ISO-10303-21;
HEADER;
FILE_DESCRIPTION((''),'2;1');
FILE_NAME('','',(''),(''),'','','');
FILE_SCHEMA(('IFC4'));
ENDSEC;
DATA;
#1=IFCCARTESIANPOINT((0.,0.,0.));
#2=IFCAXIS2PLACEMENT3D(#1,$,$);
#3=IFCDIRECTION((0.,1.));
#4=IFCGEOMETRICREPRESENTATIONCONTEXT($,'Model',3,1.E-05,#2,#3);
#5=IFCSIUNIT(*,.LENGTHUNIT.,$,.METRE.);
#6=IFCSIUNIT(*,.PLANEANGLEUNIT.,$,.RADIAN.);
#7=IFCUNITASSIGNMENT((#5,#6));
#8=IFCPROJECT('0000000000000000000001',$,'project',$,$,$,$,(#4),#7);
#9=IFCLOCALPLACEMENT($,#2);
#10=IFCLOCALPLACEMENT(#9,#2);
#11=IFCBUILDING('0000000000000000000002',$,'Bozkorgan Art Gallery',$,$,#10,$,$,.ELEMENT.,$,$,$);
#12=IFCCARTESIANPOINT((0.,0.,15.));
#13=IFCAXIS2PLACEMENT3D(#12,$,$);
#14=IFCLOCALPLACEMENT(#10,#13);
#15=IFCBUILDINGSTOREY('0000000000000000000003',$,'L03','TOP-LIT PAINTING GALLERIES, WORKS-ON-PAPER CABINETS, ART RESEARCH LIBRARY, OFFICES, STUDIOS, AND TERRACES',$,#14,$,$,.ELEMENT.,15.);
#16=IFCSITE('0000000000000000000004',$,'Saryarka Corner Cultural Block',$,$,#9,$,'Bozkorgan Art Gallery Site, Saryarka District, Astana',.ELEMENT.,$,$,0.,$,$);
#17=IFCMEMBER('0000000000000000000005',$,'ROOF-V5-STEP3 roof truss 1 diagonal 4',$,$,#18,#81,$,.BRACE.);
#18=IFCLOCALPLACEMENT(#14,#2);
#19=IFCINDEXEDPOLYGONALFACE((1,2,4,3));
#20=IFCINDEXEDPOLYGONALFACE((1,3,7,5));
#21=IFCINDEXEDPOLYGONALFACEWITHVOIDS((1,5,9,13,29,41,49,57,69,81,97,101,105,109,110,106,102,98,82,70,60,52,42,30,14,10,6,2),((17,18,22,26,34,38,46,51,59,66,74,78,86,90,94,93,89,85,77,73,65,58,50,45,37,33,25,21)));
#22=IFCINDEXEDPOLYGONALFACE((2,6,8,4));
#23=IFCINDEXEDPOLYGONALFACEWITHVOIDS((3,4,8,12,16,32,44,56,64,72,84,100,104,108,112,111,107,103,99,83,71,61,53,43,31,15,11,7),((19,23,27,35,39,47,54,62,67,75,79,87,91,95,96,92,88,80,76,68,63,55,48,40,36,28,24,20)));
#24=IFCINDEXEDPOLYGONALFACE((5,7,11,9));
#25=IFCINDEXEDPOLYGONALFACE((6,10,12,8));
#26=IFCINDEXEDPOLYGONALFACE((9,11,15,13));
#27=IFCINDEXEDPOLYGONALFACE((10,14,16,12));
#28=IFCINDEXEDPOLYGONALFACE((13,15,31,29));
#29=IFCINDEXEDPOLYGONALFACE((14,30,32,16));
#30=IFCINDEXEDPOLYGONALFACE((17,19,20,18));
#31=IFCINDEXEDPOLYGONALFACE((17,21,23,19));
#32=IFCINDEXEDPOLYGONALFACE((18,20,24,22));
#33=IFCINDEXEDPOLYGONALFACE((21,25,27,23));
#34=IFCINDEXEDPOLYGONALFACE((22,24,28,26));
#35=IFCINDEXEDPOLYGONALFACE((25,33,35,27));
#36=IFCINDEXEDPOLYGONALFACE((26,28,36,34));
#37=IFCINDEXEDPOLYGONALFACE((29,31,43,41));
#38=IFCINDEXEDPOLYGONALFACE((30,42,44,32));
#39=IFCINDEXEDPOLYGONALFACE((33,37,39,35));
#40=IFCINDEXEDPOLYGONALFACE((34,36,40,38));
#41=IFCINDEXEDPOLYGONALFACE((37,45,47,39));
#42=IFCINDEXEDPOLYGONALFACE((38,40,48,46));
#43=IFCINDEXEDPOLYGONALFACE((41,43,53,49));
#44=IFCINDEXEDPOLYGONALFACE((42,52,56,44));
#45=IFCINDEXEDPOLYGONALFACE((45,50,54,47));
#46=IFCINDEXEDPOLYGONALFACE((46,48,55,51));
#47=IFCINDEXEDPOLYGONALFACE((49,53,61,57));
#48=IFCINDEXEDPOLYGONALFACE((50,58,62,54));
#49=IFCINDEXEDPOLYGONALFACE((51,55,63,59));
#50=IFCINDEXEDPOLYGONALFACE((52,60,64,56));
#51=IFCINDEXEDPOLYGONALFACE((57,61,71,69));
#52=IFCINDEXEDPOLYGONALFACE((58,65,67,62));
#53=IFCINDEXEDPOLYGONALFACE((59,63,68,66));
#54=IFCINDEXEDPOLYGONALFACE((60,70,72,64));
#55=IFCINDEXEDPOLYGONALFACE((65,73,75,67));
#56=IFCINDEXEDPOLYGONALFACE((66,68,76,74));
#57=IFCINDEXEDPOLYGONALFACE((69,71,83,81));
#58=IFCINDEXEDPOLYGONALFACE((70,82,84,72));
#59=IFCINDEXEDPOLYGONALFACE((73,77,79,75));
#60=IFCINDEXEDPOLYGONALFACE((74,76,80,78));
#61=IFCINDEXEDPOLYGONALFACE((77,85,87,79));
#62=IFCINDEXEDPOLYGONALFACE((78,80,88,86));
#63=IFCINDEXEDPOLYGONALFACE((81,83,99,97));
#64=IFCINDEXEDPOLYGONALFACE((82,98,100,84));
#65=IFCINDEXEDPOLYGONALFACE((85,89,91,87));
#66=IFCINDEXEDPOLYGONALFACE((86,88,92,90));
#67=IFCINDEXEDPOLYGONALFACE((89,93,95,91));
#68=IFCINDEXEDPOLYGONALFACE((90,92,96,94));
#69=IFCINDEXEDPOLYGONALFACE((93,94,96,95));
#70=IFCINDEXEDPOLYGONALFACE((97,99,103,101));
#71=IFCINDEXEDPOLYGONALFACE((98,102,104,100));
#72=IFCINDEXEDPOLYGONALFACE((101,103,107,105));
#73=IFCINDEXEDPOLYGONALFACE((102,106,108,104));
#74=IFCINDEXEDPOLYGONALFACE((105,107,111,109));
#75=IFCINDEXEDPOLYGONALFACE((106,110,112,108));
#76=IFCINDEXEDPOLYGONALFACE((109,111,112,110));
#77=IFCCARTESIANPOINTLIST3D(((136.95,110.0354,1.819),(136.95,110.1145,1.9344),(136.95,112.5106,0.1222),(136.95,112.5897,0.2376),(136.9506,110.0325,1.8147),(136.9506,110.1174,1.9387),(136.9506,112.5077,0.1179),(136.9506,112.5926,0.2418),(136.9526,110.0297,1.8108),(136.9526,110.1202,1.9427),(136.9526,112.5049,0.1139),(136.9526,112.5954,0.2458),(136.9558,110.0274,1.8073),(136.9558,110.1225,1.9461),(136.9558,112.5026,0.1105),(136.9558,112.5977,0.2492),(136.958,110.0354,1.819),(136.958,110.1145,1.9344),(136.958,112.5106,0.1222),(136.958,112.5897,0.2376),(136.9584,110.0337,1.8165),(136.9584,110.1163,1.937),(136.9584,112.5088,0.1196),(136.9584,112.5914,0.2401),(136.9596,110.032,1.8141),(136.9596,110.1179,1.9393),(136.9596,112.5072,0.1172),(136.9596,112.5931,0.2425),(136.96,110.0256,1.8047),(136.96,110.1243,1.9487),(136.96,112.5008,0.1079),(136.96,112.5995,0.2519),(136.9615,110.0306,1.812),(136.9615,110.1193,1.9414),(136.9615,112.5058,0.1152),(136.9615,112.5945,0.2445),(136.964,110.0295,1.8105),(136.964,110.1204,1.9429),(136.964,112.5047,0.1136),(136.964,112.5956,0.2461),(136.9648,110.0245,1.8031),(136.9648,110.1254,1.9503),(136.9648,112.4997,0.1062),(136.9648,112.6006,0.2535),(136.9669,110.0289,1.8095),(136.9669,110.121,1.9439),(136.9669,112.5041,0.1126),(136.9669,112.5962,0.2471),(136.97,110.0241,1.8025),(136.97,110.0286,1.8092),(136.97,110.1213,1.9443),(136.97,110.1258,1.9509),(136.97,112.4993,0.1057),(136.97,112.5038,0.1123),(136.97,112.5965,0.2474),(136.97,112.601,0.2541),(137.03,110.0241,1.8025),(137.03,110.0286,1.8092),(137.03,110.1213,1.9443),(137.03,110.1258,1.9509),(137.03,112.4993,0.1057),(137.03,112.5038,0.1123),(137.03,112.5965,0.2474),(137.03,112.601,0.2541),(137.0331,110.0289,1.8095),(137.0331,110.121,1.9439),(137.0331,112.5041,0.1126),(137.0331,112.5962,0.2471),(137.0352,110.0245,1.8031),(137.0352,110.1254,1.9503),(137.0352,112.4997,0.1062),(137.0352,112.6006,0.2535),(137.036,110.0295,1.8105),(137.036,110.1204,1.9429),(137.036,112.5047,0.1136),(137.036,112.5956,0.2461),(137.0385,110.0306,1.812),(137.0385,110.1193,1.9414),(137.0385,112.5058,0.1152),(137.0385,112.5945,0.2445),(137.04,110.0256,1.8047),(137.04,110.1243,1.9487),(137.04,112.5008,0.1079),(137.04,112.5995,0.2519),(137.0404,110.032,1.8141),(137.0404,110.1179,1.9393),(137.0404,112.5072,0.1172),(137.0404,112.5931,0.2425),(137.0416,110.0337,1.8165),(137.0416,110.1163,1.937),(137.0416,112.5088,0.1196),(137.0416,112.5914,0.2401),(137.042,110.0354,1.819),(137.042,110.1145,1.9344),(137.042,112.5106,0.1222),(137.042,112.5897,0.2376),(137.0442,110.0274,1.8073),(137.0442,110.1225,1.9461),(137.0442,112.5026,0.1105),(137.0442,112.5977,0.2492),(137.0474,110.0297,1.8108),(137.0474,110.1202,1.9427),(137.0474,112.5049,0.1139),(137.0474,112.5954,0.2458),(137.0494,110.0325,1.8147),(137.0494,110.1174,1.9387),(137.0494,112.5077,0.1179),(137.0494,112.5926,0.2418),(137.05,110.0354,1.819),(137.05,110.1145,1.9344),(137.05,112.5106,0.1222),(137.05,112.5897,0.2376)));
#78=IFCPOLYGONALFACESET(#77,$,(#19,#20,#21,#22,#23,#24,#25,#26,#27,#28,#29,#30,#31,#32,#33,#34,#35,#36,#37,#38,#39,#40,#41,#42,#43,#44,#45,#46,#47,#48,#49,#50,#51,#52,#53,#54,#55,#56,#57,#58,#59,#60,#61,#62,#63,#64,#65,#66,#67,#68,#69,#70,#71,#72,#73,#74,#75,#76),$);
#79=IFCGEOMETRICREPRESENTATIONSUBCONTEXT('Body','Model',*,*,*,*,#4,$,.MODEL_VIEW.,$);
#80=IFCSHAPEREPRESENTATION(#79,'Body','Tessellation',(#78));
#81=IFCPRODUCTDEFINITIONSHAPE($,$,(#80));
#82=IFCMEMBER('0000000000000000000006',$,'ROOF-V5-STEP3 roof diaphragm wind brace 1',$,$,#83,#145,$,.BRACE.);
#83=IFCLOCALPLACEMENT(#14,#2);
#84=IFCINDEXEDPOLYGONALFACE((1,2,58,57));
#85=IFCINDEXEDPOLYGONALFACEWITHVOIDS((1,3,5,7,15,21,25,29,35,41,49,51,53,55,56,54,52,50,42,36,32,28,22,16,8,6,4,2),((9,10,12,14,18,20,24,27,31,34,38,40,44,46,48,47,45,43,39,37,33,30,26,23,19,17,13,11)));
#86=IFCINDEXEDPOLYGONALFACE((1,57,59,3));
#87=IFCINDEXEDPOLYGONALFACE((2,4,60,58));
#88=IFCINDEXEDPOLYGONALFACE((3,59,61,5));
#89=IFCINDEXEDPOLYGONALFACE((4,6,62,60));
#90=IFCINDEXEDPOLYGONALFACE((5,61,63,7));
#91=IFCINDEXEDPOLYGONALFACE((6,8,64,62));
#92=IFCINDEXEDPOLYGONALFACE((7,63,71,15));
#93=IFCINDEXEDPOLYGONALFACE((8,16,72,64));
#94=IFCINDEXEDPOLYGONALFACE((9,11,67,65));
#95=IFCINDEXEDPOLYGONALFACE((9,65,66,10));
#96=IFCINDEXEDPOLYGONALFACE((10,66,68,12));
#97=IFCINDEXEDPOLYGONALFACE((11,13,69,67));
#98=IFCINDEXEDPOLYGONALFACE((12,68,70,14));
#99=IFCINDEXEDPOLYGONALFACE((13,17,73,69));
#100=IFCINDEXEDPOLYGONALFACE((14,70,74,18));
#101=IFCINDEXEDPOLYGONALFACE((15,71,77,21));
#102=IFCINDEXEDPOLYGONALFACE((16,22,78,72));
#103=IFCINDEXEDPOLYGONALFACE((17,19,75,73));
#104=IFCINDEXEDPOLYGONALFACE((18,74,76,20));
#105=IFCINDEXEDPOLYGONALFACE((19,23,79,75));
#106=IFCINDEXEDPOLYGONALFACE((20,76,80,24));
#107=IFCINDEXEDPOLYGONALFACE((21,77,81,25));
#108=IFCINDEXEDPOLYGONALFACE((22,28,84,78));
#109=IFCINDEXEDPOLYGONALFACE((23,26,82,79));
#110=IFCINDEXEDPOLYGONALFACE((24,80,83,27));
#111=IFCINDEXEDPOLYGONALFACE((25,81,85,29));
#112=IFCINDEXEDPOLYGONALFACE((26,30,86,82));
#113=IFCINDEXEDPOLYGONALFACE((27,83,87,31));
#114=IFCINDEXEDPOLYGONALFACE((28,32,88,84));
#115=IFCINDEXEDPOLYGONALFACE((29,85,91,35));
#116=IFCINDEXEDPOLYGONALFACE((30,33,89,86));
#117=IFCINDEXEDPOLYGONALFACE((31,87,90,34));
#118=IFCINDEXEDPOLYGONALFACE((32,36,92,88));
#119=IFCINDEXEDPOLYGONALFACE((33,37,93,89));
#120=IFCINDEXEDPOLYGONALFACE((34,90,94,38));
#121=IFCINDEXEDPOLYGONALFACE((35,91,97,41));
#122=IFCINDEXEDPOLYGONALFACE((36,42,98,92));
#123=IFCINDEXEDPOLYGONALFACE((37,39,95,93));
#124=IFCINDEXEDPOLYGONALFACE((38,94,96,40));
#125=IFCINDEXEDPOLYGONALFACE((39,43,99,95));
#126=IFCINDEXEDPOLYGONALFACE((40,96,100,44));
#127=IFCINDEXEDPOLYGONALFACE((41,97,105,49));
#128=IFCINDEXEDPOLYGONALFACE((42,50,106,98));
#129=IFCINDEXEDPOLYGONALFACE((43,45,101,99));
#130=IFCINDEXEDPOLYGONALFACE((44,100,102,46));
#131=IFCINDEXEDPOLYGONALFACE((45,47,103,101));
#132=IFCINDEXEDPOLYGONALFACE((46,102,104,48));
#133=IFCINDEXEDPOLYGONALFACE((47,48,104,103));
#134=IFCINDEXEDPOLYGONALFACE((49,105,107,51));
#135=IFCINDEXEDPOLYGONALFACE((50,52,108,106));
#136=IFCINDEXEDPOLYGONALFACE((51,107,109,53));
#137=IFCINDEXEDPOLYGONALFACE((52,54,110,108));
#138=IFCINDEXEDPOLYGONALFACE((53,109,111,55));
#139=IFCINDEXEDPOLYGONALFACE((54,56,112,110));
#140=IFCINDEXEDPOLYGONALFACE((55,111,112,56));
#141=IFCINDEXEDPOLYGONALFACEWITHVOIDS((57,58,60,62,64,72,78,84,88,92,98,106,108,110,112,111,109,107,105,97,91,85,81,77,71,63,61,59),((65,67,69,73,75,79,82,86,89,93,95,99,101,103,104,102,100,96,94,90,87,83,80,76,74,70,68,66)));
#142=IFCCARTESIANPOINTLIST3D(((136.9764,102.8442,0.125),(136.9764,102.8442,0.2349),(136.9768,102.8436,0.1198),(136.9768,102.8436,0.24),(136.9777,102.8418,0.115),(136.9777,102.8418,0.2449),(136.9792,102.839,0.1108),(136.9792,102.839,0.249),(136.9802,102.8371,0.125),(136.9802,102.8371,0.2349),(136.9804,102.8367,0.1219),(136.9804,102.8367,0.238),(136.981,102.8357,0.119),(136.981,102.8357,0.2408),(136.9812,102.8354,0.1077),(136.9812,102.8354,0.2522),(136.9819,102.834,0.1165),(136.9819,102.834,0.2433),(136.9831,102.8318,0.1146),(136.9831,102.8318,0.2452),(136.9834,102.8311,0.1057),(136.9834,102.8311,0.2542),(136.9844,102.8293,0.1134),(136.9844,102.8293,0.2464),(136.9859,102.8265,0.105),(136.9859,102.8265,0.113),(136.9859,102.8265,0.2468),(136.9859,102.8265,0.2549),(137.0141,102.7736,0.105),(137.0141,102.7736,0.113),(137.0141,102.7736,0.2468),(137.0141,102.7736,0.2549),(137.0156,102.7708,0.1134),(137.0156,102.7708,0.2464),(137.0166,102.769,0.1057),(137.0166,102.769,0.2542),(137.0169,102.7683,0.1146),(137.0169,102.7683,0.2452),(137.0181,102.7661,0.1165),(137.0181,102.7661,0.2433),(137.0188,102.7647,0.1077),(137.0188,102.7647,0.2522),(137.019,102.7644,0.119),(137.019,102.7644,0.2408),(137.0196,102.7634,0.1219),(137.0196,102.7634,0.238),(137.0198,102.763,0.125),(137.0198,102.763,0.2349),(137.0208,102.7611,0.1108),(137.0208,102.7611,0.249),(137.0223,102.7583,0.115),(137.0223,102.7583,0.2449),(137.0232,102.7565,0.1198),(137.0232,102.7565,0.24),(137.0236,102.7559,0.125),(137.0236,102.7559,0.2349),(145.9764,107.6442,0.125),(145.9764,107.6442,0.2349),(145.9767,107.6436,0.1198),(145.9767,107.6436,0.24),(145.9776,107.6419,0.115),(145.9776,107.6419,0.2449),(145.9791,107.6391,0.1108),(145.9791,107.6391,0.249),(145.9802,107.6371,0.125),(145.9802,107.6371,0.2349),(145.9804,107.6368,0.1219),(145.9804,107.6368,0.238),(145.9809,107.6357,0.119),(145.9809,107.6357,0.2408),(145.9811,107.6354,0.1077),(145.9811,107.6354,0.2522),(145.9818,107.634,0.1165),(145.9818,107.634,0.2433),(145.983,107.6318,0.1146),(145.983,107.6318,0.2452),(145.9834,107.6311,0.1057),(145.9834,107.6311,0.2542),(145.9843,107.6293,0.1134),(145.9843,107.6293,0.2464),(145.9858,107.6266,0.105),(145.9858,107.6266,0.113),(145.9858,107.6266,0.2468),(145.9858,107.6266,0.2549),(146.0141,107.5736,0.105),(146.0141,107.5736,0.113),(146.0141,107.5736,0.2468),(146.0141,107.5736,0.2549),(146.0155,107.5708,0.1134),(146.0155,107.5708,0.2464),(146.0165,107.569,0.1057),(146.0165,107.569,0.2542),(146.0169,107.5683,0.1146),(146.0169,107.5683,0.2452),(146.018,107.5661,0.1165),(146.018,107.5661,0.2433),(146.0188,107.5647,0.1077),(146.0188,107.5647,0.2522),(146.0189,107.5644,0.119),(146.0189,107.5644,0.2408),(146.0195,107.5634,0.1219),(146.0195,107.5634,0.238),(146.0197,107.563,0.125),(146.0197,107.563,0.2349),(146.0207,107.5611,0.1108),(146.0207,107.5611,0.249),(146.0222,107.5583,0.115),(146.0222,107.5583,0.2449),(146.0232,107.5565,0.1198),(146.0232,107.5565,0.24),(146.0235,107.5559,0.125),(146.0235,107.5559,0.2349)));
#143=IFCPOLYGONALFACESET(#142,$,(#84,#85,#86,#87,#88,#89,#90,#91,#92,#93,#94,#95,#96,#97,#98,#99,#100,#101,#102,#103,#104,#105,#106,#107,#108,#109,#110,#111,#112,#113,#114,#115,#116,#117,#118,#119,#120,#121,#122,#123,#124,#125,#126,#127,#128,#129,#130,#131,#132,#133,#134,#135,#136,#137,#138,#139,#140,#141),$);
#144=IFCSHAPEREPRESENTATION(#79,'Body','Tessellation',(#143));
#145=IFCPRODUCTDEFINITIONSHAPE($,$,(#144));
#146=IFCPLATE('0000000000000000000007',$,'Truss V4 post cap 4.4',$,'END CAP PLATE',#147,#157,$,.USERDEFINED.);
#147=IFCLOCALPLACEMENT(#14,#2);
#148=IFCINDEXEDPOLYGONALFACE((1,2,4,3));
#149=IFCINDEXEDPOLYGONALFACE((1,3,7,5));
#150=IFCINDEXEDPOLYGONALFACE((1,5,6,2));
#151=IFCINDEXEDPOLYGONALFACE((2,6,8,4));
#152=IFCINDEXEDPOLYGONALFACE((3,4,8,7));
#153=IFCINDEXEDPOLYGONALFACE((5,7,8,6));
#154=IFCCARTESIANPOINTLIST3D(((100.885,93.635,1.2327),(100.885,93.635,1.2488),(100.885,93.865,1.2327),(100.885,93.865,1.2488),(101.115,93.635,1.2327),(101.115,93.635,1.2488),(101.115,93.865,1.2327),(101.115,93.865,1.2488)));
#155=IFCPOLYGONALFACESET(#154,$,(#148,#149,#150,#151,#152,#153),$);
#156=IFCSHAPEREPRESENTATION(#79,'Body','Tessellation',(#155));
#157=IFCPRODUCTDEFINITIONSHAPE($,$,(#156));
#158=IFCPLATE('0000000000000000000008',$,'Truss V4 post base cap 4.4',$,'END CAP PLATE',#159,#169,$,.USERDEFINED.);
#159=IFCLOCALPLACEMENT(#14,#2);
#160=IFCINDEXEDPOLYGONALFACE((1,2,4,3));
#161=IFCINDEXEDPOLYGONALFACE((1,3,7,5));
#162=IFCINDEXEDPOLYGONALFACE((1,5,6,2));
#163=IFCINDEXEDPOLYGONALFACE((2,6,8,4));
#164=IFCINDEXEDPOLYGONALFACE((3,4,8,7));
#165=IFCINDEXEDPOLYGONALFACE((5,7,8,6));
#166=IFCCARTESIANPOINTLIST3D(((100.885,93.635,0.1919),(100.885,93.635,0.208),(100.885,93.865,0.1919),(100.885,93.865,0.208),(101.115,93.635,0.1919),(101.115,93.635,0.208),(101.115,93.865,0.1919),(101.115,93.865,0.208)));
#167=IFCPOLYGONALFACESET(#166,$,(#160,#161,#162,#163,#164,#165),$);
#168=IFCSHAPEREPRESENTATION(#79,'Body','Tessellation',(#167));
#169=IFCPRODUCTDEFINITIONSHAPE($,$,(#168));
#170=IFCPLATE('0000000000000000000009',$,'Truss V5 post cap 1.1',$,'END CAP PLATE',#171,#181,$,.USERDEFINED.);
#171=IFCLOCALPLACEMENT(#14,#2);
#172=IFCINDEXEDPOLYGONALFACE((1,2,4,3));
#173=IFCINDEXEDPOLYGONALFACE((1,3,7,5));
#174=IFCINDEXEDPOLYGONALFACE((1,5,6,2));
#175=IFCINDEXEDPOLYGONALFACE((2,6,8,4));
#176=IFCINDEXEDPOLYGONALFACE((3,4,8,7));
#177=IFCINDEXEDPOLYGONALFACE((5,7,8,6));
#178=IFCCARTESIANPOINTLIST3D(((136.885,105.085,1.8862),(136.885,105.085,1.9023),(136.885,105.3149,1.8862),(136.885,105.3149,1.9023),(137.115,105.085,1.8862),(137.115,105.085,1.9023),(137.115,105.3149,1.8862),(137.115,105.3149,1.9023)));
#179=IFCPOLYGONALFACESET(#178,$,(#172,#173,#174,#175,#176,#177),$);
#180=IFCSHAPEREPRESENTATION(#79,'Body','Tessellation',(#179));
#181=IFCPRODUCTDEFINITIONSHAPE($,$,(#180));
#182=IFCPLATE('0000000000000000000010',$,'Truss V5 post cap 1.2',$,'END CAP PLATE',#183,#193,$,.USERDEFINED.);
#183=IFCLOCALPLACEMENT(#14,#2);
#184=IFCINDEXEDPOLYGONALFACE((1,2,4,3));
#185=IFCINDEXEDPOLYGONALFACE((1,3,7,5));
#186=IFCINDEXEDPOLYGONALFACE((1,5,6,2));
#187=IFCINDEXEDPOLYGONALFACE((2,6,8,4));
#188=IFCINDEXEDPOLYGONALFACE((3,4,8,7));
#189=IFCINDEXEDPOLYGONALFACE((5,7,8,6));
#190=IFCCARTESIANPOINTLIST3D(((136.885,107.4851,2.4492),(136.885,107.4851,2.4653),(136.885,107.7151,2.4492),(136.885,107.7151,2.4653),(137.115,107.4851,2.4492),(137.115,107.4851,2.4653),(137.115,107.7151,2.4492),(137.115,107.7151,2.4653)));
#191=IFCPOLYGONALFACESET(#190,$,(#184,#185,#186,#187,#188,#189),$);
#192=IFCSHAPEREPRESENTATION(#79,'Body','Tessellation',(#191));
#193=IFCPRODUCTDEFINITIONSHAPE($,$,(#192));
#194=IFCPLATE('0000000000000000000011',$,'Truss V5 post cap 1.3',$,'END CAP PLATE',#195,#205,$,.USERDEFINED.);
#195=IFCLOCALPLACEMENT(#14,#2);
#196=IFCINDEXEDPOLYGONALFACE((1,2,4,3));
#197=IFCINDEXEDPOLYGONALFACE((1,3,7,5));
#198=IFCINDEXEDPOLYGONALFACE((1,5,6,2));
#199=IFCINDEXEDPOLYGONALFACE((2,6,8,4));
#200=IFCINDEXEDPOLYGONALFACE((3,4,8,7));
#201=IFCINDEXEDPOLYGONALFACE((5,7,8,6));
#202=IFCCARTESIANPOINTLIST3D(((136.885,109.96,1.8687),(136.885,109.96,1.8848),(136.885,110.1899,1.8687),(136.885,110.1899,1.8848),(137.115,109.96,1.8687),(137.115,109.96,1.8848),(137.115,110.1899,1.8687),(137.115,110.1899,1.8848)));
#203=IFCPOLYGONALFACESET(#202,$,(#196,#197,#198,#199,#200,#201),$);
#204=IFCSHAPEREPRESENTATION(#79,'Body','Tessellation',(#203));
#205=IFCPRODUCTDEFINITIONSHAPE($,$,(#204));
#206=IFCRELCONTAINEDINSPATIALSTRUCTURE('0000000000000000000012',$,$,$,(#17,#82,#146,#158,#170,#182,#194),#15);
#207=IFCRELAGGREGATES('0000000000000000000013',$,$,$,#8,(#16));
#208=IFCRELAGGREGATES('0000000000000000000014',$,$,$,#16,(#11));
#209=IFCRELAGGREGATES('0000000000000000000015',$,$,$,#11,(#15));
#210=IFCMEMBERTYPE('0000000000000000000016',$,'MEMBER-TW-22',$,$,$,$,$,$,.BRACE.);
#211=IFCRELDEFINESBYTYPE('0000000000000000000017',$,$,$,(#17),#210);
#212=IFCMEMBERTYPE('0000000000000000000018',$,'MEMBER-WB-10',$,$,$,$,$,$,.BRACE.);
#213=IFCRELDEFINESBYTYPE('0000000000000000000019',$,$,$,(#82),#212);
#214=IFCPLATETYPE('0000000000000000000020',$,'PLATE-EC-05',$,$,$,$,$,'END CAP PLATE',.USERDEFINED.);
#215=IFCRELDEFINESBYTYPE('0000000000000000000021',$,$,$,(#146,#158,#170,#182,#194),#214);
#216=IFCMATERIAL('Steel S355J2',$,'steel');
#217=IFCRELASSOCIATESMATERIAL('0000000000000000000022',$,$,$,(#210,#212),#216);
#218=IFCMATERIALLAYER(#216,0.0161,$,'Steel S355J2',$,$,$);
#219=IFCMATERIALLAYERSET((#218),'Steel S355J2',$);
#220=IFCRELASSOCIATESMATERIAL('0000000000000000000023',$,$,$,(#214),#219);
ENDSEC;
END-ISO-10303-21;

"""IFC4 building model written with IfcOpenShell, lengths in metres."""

from ifc_helpers import new_model, si_unit, direction, frame, origin, origin_2d, place, context, subcontext, project, spatial, rectangle, hollow_rectangle, extrude, material, layer, layer_set, material_profile, profile_set, type_object, element, save


model = new_model("IFC4")

# Units and contexts
model_context = context("Model", 3, precision=1e-05, world=origin(), true_north=direction((0.0, 1.0)))
body_context = subcontext(model_context, "Body", "Model", "MODEL_VIEW")
ifc_project = project(units=[si_unit("LENGTHUNIT", "METRE"), si_unit("PLANEANGLEUNIT", "RADIAN")], contexts=[model_context])

# Site, building, storey
site_placement = place(None, origin())
site = spatial("IfcSite", under=ifc_project, at=site_placement, Name="Saryarka Corner Cultural Block", LongName="Bozkorgan Art Gallery Site, Saryarka District, Astana", CompositionType="ELEMENT", RefElevation=0.0)
building_placement = place(site_placement, origin())
building = spatial("IfcBuilding", under=site, at=building_placement, Name="Bozkorgan Art Gallery", CompositionType="ELEMENT")
storey_placement = place(building_placement, frame((0.0, 0.0, 15.0)))
storey = spatial("IfcBuildingStorey", under=building, at=storey_placement, Name="L03", Description="TOP-LIT PAINTING GALLERIES, WORKS-ON-PAPER CABINETS, ART RESEARCH LIBRARY, OFFICES, STUDIOS, AND TERRACES", CompositionType="ELEMENT", Elevation=15.0)

# Shared definitions
ifc_material_1 = material(Name="Steel S355J2", Category="steel")

# Members
ifc_material_profile_1 = material_profile(ifc_material_1, hollow_rectangle(XDim=0.1001, YDim=0.1799, WallThickness=0.0081, InnerFilletRadius=0.012, OuterFilletRadius=0.02, at=origin_2d()), Name="RHS 180x100x8")
ifc_profile_set_1 = profile_set([ifc_material_profile_1], Name="Steel S355J2")
member_type_1 = type_object("IfcMemberType", Name="MEMBER-TW-22", PredefinedType="BRACE", material=ifc_profile_set_1)
member_1_placement = place(storey_placement, frame((137.0, 110.075, 1.8767), z_axis=(0.0, 0.824796, -0.56543), x_axis=(-1.0, 0.0, 0.0)))
element("IfcMember", 1, at=member_1_placement, inside=storey, type_object=member_type_1, Name="ROOF-V5-STEP3 roof truss 1 diagonal 4", PredefinedType="BRACE", context=body_context, shape_type="SweptSolid", body=[
    extrude(hollow_rectangle(XDim=0.1001, YDim=0.1799, WallThickness=0.0081, InnerFilletRadius=0.012, OuterFilletRadius=0.02, at=origin_2d()), origin(), (0.0, 0.0, 1.0), 3.001),
])
ifc_material_profile_2 = material_profile(ifc_material_1, hollow_rectangle(XDim=0.1001, YDim=0.1499, WallThickness=0.0081, InnerFilletRadius=0.012, OuterFilletRadius=0.02, at=origin_2d()), Name="RHS 150x100x8")
ifc_profile_set_2 = profile_set([ifc_material_profile_2], Name="Steel S355J2")
member_type_2 = type_object("IfcMemberType", Name="MEMBER-WB-10", PredefinedType="BRACE", material=ifc_profile_set_2)
member_2_placement = place(storey_placement, frame((137.0, 102.8, 0.1799), z_axis=(0.882351, 0.470592, 0.0), x_axis=(-0.470592, 0.882351, 0.0)))
element("IfcMember", 2, at=member_2_placement, inside=storey, type_object=member_type_2, Name="ROOF-V5-STEP3 roof diaphragm wind brace 1", PredefinedType="BRACE", context=body_context, shape_type="SweptSolid", body=[
    extrude(hollow_rectangle(XDim=0.1001, YDim=0.1499, WallThickness=0.0081, InnerFilletRadius=0.012, OuterFilletRadius=0.02, at=origin_2d()), origin(), (0.0, 0.0, 1.0), 10.2),
])

# Plates
ifc_layer_1 = layer(ifc_material_1, 0.0161, Name="Steel S355J2")
ifc_layer_set_1 = layer_set([ifc_layer_1], Name="Steel S355J2")
plate_type_1 = type_object("IfcPlateType", Name="PLATE-EC-05", ElementType="END CAP PLATE", PredefinedType="USERDEFINED", material=ifc_layer_set_1)
for number, where, z_axis, x_axis, name in (
    (3, (101.0, 93.75, 1.2327), (0.0, 0.0, 1.0), (1.0, 0.0, 0.0), "Truss V4 post cap 4.4"),
    (4, (101.0, 93.75, 0.1919), (0.0, 0.0, 1.0), (1.0, 0.0, 0.0), "Truss V4 post base cap 4.4"),
    (5, (137.0, 105.2, 1.8862), (0.0, 0.0, 1.0), (1.0, 0.0, 0.0), "Truss V5 post cap 1.1"),
    (6, (137.0, 107.6001, 2.4492), (0.0, 0.0, 1.0), (1.0, 0.0, 0.0), "Truss V5 post cap 1.2"),
    (7, (137.0, 110.075, 1.8687), (0.0, 0.0, 1.0), (1.0, 0.0, 0.0), "Truss V5 post cap 1.3"),
):
    element("IfcPlate", number, at=place(storey_placement, frame(where, z_axis=z_axis, x_axis=x_axis)), inside=storey, type_object=plate_type_1, Name=name, ObjectType="END CAP PLATE", PredefinedType="USERDEFINED", context=body_context, shape_type="SweptSolid", body=[
        extrude(rectangle(XDim=0.23, YDim=0.23, at=origin_2d()), origin(), (0.0, 0.0, 1.0), 0.0161),
    ])

save(model, "model.ifc")
